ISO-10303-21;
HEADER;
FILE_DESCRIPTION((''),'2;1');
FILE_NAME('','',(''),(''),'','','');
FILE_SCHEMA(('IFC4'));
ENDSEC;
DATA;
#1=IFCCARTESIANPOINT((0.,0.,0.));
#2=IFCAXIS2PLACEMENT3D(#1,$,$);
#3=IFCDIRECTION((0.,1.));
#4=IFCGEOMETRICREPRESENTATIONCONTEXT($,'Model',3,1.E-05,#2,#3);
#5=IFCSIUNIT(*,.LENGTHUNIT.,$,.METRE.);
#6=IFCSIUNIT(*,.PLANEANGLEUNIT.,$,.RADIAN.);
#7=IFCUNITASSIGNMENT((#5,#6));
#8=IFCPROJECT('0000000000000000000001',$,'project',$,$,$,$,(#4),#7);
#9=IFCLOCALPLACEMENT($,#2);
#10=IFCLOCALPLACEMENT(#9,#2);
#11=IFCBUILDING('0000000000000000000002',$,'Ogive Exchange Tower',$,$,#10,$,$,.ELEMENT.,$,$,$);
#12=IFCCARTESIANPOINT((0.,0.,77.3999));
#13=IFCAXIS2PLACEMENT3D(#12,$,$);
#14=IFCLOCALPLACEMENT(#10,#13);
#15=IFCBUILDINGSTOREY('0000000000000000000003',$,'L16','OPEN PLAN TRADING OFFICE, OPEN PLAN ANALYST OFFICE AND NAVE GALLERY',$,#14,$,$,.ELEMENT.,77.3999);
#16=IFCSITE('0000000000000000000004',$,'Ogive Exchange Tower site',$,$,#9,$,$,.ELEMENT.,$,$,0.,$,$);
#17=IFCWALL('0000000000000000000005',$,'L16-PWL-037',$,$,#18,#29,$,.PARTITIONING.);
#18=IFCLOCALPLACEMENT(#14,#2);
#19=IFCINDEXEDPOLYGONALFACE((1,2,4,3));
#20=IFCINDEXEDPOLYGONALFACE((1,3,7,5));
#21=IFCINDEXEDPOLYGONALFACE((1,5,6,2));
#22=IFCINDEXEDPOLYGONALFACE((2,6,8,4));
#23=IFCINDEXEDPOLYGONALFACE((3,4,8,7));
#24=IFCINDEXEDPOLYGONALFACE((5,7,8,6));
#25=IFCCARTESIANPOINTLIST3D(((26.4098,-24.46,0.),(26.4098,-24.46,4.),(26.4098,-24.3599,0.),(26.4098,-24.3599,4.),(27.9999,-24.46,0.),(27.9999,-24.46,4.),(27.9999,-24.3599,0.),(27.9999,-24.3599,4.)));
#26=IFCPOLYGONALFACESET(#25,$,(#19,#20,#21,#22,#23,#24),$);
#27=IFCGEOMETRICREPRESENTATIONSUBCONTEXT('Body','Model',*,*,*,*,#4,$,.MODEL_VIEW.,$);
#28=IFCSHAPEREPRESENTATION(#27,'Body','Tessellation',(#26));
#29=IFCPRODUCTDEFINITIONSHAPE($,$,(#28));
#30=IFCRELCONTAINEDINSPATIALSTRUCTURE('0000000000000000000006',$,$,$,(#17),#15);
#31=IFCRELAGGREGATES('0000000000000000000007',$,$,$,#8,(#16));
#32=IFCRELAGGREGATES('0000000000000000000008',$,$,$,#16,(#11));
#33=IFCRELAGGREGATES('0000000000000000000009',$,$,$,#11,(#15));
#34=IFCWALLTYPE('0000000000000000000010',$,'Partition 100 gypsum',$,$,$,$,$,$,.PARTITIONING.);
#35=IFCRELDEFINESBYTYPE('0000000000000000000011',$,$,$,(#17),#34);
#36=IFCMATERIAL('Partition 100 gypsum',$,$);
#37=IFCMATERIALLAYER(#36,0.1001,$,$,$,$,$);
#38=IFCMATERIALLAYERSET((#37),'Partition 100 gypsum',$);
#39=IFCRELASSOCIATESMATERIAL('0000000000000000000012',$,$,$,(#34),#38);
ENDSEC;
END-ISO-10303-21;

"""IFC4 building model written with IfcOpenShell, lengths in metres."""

from ifc_helpers import new_model, si_unit, direction, frame, frame_2d, origin, place, context, subcontext, project, spatial, rectangle, extrude, material, layer, layer_set, type_object, element, save


model = new_model("IFC4")

# Units and contexts
model_context = context("Model", 3, precision=1e-05, world=origin(), true_north=direction((0.0, 1.0)))
body_context = subcontext(model_context, "Body", "Model", "MODEL_VIEW")
ifc_project = project(units=[si_unit("LENGTHUNIT", "METRE"), si_unit("PLANEANGLEUNIT", "RADIAN")], contexts=[model_context])

# Site, building, storey
site_placement = place(None, origin())
site = spatial("IfcSite", under=ifc_project, at=site_placement, Name="Ogive Exchange Tower site", CompositionType="ELEMENT", RefElevation=0.0)
building_placement = place(site_placement, origin())
building = spatial("IfcBuilding", under=site, at=building_placement, Name="Ogive Exchange Tower", CompositionType="ELEMENT")
storey_placement = place(building_placement, frame((0.0, 0.0, 77.3999)))
storey = spatial("IfcBuildingStorey", under=building, at=storey_placement, Name="L16", Description="OPEN PLAN TRADING OFFICE, OPEN PLAN ANALYST OFFICE AND NAVE GALLERY", CompositionType="ELEMENT", Elevation=77.3999)

# Wall
ifc_material_1 = material(Name="Partition 100 gypsum")
ifc_layer_1 = layer(ifc_material_1, 0.1001)
ifc_layer_set_1 = layer_set([ifc_layer_1], Name="Partition 100 gypsum")
wall_type_1 = type_object("IfcWallType", Name="Partition 100 gypsum", PredefinedType="PARTITIONING", material=ifc_layer_set_1)
wall_1_placement = place(storey_placement, frame((26.4099, -24.4099, 0.0), z_axis=(0.0, 0.0, 1.0), x_axis=(1.0, 0.0, 0.0)))
element("IfcWall", 1, at=wall_1_placement, inside=storey, type_object=wall_type_1, Name="L16-PWL-037", PredefinedType="PARTITIONING", context=body_context, shape_type="SweptSolid", body=[
    extrude(rectangle(XDim=1.5901, YDim=0.1001, at=frame_2d((0.7949, 0.0))), origin(), (0.0, 0.0, 1.0), 4.0),
])

save(model, "model.ifc")
